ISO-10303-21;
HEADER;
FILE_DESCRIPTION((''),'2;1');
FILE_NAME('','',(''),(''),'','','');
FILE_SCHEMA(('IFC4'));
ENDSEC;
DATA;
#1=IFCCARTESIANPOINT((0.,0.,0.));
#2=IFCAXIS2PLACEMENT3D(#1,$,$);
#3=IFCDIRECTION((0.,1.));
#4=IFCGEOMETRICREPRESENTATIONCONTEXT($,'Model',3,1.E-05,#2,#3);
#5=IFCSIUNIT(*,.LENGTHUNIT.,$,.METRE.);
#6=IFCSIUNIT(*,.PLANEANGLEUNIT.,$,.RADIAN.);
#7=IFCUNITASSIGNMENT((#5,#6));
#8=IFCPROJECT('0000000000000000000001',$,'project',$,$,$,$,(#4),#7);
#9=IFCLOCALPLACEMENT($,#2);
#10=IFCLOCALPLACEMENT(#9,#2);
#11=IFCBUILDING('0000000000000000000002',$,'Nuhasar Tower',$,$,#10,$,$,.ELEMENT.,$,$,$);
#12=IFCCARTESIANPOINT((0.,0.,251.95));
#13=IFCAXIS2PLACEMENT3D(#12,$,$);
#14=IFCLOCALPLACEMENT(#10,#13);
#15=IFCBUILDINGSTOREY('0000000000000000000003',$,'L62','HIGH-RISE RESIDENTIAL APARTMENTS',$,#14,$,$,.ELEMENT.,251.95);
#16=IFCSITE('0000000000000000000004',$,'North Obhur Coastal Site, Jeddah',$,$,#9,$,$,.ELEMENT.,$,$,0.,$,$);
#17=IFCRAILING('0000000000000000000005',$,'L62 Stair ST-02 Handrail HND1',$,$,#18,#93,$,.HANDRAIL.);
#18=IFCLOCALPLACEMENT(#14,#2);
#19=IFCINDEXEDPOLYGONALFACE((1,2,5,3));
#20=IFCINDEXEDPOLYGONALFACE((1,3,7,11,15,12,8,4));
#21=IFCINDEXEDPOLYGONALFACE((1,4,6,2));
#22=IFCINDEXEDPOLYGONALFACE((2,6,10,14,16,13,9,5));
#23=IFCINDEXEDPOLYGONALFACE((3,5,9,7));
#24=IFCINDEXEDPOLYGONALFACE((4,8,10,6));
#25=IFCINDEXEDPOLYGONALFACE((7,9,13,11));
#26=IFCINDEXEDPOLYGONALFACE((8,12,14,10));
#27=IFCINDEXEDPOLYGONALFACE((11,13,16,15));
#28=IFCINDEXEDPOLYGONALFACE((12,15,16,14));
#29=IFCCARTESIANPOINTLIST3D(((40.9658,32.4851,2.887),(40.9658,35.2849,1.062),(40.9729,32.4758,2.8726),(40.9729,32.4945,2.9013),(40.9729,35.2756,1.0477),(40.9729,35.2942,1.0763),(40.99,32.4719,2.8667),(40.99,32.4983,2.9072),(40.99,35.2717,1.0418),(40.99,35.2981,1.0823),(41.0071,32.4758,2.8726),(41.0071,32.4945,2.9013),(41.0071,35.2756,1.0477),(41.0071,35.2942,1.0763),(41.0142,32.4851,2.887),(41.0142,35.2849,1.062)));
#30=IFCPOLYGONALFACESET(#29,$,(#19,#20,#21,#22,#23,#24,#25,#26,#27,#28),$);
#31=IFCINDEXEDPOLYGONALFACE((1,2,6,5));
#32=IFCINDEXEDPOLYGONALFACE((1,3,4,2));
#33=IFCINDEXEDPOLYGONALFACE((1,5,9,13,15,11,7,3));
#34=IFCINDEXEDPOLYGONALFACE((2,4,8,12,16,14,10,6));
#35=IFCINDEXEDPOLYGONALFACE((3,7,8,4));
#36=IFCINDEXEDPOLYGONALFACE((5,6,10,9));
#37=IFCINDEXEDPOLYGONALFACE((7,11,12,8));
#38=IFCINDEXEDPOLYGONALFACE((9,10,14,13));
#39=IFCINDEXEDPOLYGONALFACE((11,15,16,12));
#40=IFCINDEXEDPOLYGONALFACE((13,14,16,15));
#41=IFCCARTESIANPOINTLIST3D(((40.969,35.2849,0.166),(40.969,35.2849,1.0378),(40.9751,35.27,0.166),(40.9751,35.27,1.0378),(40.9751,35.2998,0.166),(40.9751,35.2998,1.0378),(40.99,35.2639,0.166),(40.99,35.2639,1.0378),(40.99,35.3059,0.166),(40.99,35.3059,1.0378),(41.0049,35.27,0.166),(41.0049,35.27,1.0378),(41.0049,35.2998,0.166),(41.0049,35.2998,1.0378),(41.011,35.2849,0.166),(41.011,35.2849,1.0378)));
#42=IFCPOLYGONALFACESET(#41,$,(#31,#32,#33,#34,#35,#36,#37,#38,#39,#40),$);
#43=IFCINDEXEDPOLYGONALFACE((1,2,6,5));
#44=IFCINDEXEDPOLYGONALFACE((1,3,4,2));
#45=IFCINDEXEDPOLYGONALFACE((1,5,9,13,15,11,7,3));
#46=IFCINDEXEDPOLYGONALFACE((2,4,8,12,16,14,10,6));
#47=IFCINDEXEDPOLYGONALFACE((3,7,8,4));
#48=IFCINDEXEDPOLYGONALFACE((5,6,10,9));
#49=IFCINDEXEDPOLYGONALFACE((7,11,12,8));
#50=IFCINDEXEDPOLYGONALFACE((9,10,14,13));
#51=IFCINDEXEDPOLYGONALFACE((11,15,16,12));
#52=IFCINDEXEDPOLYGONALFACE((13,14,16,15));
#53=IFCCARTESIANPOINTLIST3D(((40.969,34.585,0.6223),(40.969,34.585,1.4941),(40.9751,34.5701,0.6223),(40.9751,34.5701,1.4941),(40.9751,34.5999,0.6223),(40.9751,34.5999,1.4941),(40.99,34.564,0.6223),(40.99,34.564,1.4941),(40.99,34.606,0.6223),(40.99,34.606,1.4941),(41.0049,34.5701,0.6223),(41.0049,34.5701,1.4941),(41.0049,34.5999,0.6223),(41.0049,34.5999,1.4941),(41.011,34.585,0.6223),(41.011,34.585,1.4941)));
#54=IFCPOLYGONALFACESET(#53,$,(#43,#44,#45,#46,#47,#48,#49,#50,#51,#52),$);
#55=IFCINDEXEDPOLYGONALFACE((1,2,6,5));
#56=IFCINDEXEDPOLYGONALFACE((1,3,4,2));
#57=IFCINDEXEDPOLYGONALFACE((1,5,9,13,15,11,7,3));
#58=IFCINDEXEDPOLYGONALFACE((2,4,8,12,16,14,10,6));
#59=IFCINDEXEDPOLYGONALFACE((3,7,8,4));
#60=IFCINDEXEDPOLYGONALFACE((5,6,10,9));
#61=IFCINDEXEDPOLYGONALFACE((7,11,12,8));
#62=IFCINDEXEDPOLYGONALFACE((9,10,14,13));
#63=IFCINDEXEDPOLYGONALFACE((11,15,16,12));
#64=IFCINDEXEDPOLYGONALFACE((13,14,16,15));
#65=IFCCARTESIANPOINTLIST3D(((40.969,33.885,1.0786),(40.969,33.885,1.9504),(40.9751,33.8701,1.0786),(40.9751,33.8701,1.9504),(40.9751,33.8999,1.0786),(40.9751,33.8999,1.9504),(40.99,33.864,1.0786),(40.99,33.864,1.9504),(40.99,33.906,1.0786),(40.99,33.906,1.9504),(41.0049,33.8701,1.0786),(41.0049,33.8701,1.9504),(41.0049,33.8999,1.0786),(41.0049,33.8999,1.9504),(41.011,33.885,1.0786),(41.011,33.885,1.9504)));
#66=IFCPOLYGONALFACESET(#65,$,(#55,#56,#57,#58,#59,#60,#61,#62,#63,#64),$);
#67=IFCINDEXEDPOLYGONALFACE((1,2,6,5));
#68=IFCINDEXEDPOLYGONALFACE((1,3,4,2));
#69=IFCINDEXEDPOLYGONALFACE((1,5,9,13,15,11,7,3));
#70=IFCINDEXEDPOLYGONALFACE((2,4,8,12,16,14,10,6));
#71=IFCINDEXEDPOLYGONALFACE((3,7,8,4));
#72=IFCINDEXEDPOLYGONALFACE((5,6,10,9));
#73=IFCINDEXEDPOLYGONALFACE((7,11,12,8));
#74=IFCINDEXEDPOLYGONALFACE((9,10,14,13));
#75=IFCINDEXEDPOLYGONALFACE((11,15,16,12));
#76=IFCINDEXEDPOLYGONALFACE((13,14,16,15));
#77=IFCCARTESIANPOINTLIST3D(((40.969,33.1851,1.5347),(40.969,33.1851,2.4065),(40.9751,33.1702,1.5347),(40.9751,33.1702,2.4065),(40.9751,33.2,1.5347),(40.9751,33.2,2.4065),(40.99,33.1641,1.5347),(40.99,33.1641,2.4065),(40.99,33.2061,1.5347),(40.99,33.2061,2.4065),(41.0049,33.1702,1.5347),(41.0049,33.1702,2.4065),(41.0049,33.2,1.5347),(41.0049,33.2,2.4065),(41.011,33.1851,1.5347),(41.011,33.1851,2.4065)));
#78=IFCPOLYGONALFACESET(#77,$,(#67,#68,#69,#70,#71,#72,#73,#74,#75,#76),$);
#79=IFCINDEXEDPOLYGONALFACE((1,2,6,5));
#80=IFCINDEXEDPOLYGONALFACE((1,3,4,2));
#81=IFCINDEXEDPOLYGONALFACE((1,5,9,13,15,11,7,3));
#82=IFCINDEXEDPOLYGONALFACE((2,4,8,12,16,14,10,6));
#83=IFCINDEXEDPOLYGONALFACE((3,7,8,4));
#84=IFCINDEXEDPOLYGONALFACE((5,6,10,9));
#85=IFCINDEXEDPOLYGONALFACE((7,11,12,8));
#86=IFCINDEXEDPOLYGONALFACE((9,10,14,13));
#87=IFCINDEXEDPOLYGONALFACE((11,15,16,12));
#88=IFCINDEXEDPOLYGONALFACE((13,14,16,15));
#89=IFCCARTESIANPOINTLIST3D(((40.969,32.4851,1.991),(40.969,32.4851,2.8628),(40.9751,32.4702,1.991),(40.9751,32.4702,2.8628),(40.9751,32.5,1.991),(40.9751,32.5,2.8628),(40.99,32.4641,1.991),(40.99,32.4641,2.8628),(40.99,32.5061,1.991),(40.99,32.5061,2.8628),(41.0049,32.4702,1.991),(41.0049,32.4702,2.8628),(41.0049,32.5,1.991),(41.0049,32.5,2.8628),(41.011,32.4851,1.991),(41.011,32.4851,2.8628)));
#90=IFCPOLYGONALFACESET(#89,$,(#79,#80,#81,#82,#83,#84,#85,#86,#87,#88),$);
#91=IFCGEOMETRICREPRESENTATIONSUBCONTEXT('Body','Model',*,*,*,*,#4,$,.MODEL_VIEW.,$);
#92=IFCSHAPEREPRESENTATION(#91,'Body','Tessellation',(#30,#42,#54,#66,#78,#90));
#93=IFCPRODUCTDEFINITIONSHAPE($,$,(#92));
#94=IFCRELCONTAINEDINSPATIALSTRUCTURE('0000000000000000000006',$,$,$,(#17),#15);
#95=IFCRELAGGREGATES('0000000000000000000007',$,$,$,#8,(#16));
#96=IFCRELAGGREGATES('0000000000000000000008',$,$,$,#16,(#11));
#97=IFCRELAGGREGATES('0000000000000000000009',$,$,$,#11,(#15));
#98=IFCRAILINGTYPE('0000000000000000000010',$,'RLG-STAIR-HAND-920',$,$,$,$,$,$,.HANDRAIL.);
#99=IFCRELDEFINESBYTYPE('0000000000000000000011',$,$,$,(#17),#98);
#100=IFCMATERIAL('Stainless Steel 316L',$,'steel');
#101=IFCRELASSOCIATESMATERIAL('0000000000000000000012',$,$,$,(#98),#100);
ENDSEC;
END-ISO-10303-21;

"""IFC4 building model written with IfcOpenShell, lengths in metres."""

from ifc_helpers import new_model, si_unit, direction, frame, origin, place, context, subcontext, project, spatial, polyline, outline, extrude, material, type_object, element, save


model = new_model("IFC4")

# Units and contexts
model_context = context("Model", 3, precision=1e-05, world=origin(), true_north=direction((0.0, 1.0)))
body_context = subcontext(model_context, "Body", "Model", "MODEL_VIEW")
ifc_project = project(units=[si_unit("LENGTHUNIT", "METRE"), si_unit("PLANEANGLEUNIT", "RADIAN")], contexts=[model_context])

# Site, building, storey
site_placement = place(None, origin())
site = spatial("IfcSite", under=ifc_project, at=site_placement, Name="North Obhur Coastal Site, Jeddah", CompositionType="ELEMENT", RefElevation=0.0)
building_placement = place(site_placement, origin())
building = spatial("IfcBuilding", under=site, at=building_placement, Name="Nuhasar Tower", CompositionType="ELEMENT")
storey_placement = place(building_placement, frame((0.0, 0.0, 251.95)))
storey = spatial("IfcBuildingStorey", under=building, at=storey_placement, Name="L62", Description="HIGH-RISE RESIDENTIAL APARTMENTS", CompositionType="ELEMENT", Elevation=251.95)

# Railing
ifc_material_1 = material(Name="Stainless Steel 316L", Category="steel")
railing_type_1 = type_object("IfcRailingType", Name="RLG-STAIR-HAND-920", PredefinedType="HANDRAIL", material=ifc_material_1)
railing_1_placement = place(storey_placement, frame((40.99, 35.2849, 0.166)))
element("IfcRailing", 1, at=railing_1_placement, inside=storey, type_object=railing_type_1, Name="L62 Stair ST-02 Handrail HND1", PredefinedType="HANDRAIL", context=body_context, shape_type="SweptSolid", body=[
    extrude(outline(polyline([(0.0242, 0.0), (0.0171, 0.0171), (0.0, 0.0242), (-0.0171, 0.0171), (-0.0242, 0.0), (-0.0171, -0.0171), (0.0, -0.0242), (0.0171, -0.0171), (0.0242, 0.0)])), frame((0.0, 0.0, 0.896), z_axis=(0.0, -0.837749, 0.546056), x_axis=(1.0, 0.0, 0.0)), (0.0, 0.0, 1.0), 3.342),
    extrude(outline(polyline([(0.021, 0.0), (0.0149, 0.0149), (0.0, 0.021), (-0.0149, 0.0149), (-0.021, 0.0), (-0.0149, -0.0149), (0.0, -0.021), (0.0149, -0.0149), (0.021, 0.0)])), origin(), (0.0, 0.0, 1.0), 0.8718),
    extrude(outline(polyline([(0.021, 0.0), (0.0149, 0.0149), (0.0, 0.021), (-0.0149, 0.0149), (-0.021, 0.0), (-0.0149, -0.0149), (0.0, -0.021), (0.0149, -0.0149), (0.021, 0.0)])), frame((0.0, -0.7, 0.4563)), (0.0, 0.0, 1.0), 0.8718),
    extrude(outline(polyline([(0.021, 0.0), (0.0149, 0.0149), (0.0, 0.021), (-0.0149, 0.0149), (-0.021, 0.0), (-0.0149, -0.0149), (0.0, -0.021), (0.0149, -0.0149), (0.021, 0.0)])), frame((0.0, -1.3999, 0.9126)), (0.0, 0.0, 1.0), 0.8718),
    extrude(outline(polyline([(0.021, 0.0), (0.0149, 0.0149), (0.0, 0.021), (-0.0149, 0.0149), (-0.021, 0.0), (-0.0149, -0.0149), (0.0, -0.021), (0.0149, -0.0149), (0.021, 0.0)])), frame((0.0, -2.0999, 1.3687)), (0.0, 0.0, 1.0), 0.8718),
    extrude(outline(polyline([(0.021, 0.0), (0.0149, 0.0149), (0.0, 0.021), (-0.0149, 0.0149), (-0.021, 0.0), (-0.0149, -0.0149), (0.0, -0.021), (0.0149, -0.0149), (0.021, 0.0)])), frame((0.0, -2.7998, 1.825)), (0.0, 0.0, 1.0), 0.8718),
])

save(model, "model.ifc")
